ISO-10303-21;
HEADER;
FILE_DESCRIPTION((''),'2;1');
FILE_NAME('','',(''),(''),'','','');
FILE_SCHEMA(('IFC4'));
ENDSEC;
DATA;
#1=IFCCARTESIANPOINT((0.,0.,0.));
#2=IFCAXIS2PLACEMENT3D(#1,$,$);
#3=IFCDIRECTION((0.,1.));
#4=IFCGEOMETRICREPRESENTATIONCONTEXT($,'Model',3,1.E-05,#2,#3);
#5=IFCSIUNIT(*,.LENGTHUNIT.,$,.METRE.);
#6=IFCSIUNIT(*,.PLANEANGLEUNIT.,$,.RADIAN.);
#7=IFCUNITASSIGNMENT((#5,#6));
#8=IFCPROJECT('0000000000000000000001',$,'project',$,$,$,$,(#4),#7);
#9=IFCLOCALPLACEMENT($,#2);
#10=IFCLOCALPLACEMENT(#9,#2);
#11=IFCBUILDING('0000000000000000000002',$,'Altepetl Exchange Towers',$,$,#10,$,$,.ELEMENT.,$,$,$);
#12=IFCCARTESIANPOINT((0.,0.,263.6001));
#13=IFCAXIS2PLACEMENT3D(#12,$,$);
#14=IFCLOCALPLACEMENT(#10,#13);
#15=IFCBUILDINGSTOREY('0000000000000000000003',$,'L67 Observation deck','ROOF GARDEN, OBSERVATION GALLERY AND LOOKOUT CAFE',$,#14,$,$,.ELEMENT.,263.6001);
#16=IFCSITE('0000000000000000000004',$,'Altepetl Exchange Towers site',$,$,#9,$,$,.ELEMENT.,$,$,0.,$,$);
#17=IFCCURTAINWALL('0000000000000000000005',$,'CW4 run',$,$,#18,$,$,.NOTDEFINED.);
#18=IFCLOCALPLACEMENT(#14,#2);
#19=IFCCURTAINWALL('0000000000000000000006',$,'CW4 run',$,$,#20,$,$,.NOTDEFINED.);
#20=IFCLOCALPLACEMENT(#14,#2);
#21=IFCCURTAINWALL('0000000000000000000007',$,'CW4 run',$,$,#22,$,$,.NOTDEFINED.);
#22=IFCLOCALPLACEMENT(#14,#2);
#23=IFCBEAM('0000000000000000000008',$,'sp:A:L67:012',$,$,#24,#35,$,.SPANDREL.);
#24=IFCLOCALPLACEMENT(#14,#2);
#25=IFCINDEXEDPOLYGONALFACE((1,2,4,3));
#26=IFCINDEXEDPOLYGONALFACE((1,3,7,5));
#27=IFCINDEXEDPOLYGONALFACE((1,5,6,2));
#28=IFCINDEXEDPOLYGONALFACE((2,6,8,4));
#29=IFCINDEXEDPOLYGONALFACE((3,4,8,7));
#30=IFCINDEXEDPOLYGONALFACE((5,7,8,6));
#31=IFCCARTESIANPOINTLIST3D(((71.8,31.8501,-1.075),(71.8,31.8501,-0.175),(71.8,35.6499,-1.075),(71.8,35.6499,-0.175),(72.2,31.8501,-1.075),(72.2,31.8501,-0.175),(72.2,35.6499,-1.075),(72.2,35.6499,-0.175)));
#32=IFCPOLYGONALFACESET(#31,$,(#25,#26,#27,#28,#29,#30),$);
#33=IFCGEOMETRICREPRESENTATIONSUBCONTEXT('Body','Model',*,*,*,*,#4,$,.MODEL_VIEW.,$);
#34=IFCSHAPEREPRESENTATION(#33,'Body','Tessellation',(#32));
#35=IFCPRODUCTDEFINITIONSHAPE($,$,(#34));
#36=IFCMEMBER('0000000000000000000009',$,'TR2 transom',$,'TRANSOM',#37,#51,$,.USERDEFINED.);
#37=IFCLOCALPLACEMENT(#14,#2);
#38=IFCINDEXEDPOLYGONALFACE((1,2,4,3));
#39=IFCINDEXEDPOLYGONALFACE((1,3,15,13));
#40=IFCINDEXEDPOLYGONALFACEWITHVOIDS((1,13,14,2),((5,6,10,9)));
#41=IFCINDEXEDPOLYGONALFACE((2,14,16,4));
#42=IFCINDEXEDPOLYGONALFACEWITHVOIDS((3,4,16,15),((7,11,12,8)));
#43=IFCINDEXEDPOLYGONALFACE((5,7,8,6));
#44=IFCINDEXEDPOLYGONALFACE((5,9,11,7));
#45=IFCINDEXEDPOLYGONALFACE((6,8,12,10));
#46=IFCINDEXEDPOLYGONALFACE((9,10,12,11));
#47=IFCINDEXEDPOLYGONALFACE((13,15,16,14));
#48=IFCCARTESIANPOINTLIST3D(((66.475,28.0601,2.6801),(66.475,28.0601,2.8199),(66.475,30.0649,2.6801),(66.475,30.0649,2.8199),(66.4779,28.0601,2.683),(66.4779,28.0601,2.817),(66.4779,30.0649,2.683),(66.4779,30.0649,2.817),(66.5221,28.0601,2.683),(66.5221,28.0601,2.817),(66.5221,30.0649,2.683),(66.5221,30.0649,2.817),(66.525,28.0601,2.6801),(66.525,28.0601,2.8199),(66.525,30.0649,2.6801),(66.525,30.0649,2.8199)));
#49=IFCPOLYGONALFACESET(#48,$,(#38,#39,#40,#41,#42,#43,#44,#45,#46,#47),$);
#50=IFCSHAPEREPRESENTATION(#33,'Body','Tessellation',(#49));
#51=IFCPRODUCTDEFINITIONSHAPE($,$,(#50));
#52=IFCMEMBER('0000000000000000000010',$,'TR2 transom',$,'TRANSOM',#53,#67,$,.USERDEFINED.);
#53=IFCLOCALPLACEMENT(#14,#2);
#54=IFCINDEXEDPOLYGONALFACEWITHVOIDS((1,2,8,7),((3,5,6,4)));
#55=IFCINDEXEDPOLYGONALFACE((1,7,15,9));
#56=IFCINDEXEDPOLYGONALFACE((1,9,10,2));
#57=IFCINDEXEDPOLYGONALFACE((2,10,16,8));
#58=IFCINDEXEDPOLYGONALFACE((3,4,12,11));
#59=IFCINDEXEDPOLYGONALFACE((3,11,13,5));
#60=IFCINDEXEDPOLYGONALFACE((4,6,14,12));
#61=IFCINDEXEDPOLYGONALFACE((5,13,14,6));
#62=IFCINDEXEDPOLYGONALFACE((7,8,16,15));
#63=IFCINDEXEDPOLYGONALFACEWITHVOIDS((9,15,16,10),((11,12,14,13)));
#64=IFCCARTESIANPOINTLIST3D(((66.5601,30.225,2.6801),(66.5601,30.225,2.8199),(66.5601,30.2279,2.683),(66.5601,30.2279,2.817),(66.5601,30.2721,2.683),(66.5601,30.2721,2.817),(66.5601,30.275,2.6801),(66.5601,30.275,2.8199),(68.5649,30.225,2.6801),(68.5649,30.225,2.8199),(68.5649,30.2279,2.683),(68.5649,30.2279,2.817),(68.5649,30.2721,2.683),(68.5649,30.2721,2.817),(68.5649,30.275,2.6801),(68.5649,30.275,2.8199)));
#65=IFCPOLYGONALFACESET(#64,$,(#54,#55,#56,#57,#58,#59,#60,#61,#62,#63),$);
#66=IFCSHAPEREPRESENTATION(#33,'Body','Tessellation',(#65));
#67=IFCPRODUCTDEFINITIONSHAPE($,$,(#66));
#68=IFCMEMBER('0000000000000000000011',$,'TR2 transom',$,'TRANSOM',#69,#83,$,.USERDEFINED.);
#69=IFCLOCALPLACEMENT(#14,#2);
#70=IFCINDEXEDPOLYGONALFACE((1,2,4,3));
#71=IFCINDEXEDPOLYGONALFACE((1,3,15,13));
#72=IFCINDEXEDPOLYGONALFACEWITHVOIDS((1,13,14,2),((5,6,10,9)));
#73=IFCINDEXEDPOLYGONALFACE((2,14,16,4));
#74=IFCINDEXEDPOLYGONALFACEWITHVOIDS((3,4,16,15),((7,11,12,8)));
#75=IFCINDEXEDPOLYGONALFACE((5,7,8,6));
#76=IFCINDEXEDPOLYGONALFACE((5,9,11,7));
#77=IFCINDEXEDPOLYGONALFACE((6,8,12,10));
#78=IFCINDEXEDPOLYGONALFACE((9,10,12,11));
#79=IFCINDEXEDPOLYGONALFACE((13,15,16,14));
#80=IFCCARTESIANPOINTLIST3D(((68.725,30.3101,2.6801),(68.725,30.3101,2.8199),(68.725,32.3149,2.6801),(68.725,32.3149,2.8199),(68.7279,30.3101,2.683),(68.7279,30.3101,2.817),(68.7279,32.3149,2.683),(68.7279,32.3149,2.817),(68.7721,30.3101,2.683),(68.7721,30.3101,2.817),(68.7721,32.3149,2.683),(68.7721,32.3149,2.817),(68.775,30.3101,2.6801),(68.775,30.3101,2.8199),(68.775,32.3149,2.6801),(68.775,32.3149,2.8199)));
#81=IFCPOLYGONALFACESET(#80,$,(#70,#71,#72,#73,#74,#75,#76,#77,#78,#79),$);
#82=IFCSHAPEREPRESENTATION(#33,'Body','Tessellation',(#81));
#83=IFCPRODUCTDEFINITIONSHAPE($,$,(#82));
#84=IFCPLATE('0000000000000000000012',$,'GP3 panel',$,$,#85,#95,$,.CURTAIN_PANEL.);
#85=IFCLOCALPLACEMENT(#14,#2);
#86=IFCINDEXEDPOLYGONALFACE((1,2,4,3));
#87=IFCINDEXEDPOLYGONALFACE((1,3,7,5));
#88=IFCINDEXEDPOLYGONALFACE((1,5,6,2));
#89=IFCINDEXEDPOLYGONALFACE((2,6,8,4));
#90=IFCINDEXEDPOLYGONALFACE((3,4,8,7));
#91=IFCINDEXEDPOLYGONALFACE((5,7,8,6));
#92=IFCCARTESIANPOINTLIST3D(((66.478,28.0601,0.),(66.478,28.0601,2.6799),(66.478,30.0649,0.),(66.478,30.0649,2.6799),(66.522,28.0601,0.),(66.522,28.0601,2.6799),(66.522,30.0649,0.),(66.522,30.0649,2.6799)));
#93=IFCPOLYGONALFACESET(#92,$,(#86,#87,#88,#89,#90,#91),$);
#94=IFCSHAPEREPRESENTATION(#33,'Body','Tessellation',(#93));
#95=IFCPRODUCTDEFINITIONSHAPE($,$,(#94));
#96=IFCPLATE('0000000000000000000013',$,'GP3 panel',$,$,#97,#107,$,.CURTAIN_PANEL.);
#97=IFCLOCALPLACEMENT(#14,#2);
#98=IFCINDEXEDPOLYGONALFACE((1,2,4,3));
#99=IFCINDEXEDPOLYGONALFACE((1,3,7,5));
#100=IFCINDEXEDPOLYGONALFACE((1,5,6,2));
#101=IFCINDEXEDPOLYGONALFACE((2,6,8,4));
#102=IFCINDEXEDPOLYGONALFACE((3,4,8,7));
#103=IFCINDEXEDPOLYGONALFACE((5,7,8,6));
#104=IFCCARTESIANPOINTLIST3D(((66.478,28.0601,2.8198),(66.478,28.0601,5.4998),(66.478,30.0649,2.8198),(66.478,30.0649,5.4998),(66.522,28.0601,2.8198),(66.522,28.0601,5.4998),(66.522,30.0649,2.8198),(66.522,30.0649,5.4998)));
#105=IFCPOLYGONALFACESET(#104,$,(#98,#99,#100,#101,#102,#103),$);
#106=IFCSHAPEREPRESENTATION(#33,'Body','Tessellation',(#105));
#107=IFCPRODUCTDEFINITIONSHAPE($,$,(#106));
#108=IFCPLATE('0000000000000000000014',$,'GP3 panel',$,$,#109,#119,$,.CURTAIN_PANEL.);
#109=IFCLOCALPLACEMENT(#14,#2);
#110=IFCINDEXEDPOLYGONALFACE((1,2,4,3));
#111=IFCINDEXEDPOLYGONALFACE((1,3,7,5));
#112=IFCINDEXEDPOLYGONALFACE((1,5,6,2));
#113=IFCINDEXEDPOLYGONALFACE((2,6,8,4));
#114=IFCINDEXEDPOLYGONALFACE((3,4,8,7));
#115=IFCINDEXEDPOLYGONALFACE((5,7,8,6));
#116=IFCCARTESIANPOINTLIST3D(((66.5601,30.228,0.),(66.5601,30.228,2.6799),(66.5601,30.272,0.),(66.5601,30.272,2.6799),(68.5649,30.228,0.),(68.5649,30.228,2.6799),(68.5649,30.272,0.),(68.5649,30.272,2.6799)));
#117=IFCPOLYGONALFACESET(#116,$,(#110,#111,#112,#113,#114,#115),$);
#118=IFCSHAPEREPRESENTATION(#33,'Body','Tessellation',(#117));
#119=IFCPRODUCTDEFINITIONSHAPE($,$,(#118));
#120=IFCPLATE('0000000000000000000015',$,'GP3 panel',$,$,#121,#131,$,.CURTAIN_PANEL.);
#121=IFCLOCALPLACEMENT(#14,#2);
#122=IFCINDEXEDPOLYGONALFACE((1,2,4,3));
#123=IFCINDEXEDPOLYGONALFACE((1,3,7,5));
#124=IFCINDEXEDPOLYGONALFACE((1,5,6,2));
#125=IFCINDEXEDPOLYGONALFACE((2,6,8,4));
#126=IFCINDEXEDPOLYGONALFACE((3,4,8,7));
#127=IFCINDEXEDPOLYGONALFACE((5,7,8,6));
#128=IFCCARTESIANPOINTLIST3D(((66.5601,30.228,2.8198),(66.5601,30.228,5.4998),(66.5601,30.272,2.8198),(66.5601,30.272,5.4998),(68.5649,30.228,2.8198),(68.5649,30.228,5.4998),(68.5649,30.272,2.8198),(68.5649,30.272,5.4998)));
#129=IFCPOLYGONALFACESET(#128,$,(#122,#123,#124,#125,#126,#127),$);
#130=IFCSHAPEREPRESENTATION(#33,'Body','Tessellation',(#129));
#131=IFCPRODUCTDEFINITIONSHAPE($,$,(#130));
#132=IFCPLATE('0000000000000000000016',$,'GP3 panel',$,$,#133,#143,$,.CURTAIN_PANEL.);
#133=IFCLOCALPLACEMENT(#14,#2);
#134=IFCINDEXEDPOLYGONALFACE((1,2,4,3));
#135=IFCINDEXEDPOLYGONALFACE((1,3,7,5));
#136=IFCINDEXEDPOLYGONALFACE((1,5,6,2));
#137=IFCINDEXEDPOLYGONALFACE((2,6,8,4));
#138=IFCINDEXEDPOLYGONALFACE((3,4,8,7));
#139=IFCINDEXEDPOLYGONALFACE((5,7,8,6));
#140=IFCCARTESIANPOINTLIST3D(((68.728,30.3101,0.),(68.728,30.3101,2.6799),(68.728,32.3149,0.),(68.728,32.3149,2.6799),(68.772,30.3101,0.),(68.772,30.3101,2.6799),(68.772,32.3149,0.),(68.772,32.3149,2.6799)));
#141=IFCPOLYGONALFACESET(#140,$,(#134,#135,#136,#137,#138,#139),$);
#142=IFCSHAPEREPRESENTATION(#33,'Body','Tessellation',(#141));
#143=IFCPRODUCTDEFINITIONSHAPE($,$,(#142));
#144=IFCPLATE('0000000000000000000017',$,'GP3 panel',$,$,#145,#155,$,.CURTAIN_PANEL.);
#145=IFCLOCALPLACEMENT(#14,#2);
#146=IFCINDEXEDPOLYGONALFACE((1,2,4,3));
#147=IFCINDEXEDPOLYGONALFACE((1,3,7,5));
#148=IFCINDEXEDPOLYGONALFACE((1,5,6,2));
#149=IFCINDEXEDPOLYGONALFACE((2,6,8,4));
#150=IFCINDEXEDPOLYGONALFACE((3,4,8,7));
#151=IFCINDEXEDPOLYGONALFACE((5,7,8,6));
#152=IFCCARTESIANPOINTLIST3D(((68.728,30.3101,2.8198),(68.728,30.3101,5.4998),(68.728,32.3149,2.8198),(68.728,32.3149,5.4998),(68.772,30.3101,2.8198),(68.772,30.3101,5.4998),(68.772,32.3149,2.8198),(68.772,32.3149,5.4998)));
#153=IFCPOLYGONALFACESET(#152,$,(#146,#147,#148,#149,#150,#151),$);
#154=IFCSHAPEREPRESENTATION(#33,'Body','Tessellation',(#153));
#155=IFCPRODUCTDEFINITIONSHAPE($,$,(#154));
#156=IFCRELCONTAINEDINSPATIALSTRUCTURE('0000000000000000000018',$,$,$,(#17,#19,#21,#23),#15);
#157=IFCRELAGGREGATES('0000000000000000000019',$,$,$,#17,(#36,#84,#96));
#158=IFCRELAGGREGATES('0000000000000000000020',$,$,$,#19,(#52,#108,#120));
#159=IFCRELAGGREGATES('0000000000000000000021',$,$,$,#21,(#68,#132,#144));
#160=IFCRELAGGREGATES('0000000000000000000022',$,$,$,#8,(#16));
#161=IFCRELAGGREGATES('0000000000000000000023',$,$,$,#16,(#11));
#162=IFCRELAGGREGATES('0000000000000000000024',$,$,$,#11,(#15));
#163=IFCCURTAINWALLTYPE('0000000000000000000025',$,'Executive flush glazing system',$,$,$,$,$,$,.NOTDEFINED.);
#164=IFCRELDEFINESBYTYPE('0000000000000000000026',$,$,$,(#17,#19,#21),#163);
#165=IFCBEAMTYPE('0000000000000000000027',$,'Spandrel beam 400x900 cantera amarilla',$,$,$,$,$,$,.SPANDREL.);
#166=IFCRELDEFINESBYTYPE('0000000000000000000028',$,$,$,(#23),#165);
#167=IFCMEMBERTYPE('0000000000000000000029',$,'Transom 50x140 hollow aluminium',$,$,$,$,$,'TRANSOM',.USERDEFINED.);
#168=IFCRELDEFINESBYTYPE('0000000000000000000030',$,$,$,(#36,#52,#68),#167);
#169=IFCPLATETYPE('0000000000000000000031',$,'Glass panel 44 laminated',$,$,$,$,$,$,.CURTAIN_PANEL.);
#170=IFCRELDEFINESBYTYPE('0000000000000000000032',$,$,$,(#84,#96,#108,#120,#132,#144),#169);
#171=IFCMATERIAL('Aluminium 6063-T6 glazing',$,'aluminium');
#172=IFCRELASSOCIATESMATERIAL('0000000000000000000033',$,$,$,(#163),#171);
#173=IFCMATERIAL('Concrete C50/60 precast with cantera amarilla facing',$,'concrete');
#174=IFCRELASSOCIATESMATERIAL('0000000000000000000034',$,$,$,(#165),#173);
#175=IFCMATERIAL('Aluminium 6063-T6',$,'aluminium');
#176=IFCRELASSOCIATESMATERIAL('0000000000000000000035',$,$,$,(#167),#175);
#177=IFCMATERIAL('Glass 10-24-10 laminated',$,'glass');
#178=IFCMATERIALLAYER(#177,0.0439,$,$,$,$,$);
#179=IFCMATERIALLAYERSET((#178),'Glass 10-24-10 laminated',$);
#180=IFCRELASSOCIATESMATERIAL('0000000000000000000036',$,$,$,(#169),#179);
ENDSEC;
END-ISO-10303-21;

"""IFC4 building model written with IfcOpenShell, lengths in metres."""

from ifc_helpers import new_model, si_unit, direction, frame, origin, origin_2d, place, context, subcontext, project, spatial, rectangle, hollow_rectangle, extrude, material, layer, layer_set, material_profile, profile_set, type_object, element, aggregate, save


model = new_model("IFC4")

# Units and contexts
model_context = context("Model", 3, precision=1e-05, world=origin(), true_north=direction((0.0, 1.0)))
body_context = subcontext(model_context, "Body", "Model", "MODEL_VIEW")
ifc_project = project(units=[si_unit("LENGTHUNIT", "METRE"), si_unit("PLANEANGLEUNIT", "RADIAN")], contexts=[model_context])

# Site, building, storey
site_placement = place(None, origin())
site = spatial("IfcSite", under=ifc_project, at=site_placement, Name="Altepetl Exchange Towers site", CompositionType="ELEMENT", RefElevation=0.0)
building_placement = place(site_placement, origin())
building = spatial("IfcBuilding", under=site, at=building_placement, Name="Altepetl Exchange Towers", CompositionType="ELEMENT")
storey_placement = place(building_placement, frame((0.0, 0.0, 263.6001)))
storey = spatial("IfcBuildingStorey", under=building, at=storey_placement, Name="L67 Observation deck", Description="ROOF GARDEN, OBSERVATION GALLERY AND LOOKOUT CAFE", CompositionType="ELEMENT", Elevation=263.6001)

# Curtain walls
ifc_material_1 = material(Name="Aluminium 6063-T6 glazing", Category="aluminium")
curtain_wall_type = type_object("IfcCurtainWallType", Name="Executive flush glazing system", PredefinedType="NOTDEFINED", material=ifc_material_1)
curtain_wall_1_placement = place(storey_placement, origin())
curtain_wall_1 = element("IfcCurtainWall", 1, at=curtain_wall_1_placement, inside=storey, type_object=curtain_wall_type, Name="CW4 run", PredefinedType="NOTDEFINED")
ifc_material_2 = material(Name="Aluminium 6063-T6", Category="aluminium")
curtain_wall_2_placement = place(storey_placement, origin())
curtain_wall_2 = element("IfcCurtainWall", 2, at=curtain_wall_2_placement, inside=storey, type_object=curtain_wall_type, Name="CW4 run", PredefinedType="NOTDEFINED")
curtain_wall_3_placement = place(storey_placement, origin())
curtain_wall_3 = element("IfcCurtainWall", 3, at=curtain_wall_3_placement, inside=storey, type_object=curtain_wall_type, Name="CW4 run", PredefinedType="NOTDEFINED")

# Beam
ifc_material_3 = material(Name="Concrete C50/60 precast with cantera amarilla facing", Category="concrete")
ifc_material_profile_1 = material_profile(ifc_material_3, rectangle(XDim=0.3999, YDim=0.8999, at=origin_2d()), Name="400 x 900")
ifc_profile_set_1 = profile_set([ifc_material_profile_1], Name="Concrete C50/60 precast with cantera amarilla facing")
beam_type = type_object("IfcBeamType", Name="Spandrel beam 400x900 cantera amarilla", PredefinedType="SPANDREL", material=ifc_profile_set_1)
beam_1_placement = place(storey_placement, frame((72.0, 31.8501, -0.625), z_axis=(0.0, 1.0, 0.0), x_axis=(-1.0, 0.0, 0.0)))
element("IfcBeam", 4, at=beam_1_placement, inside=storey, type_object=beam_type, Name="sp:A:L67:012", PredefinedType="SPANDREL", context=body_context, shape_type="SweptSolid", body=[
    extrude(rectangle(XDim=0.3999, YDim=0.8999, at=origin_2d()), origin(), (0.0, 0.0, 1.0), 3.7998),
])

# Members
ifc_material_profile_2 = material_profile(ifc_material_2, hollow_rectangle(XDim=0.05, YDim=0.1399, WallThickness=0.0029, at=origin_2d()), Name="Transom 50x140 hollow aluminium")
ifc_profile_set_2 = profile_set([ifc_material_profile_2], Name="Aluminium 6063-T6")
member_type_1 = type_object("IfcMemberType", Name="Transom 50x140 hollow aluminium", ElementType="TRANSOM", PredefinedType="USERDEFINED", material=ifc_profile_set_2)
member_1_placement = place(storey_placement, frame((66.5, 28.0601, 2.75), z_axis=(0.0, 1.0, 0.0), x_axis=(-1.0, 0.0, 0.0)))
member_1 = element("IfcMember", 5, at=member_1_placement, type_object=member_type_1, Name="TR2 transom", ObjectType="TRANSOM", PredefinedType="USERDEFINED", context=body_context, shape_type="SweptSolid", body=[
    extrude(hollow_rectangle(XDim=0.05, YDim=0.1399, WallThickness=0.0029, at=origin_2d()), origin(), (0.0, 0.0, 1.0), 2.0049),
])
member_2_placement = place(storey_placement, frame((66.5601, 30.25, 2.75), z_axis=(1.0, 0.0, 0.0), x_axis=(0.0, 1.0, 0.0)))
member_2 = element("IfcMember", 6, at=member_2_placement, type_object=member_type_1, Name="TR2 transom", ObjectType="TRANSOM", PredefinedType="USERDEFINED", context=body_context, shape_type="SweptSolid", body=[
    extrude(hollow_rectangle(XDim=0.05, YDim=0.1399, WallThickness=0.0029, at=origin_2d()), origin(), (0.0, 0.0, 1.0), 2.0049),
])
member_3_placement = place(storey_placement, frame((68.75, 30.3101, 2.75), z_axis=(0.0, 1.0, 0.0), x_axis=(-1.0, 0.0, 0.0)))
member_3 = element("IfcMember", 7, at=member_3_placement, type_object=member_type_1, Name="TR2 transom", ObjectType="TRANSOM", PredefinedType="USERDEFINED", context=body_context, shape_type="SweptSolid", body=[
    extrude(hollow_rectangle(XDim=0.05, YDim=0.1399, WallThickness=0.0029, at=origin_2d()), origin(), (0.0, 0.0, 1.0), 2.0049),
])

# Plates
ifc_material_4 = material(Name="Glass 10-24-10 laminated", Category="glass")
ifc_layer = layer(ifc_material_4, 0.0439)
ifc_layer_set = layer_set([ifc_layer], Name="Glass 10-24-10 laminated")
plate_type = type_object("IfcPlateType", Name="Glass panel 44 laminated", PredefinedType="CURTAIN_PANEL", material=ifc_layer_set)
plate_1_placement = place(storey_placement, frame((66.5, 29.0625, 0.0), z_axis=(0.0, 0.0, 1.0), x_axis=(0.0, 1.0, 0.0)))
plate_1 = element("IfcPlate", 8, at=plate_1_placement, type_object=plate_type, Name="GP3 panel", PredefinedType="CURTAIN_PANEL", context=body_context, shape_type="SweptSolid", body=[
    extrude(rectangle(XDim=2.0049, YDim=0.0439, at=origin_2d()), origin(), (0.0, 0.0, 1.0), 2.6799),
])
plate_2_placement = place(storey_placement, frame((66.5, 29.0625, 2.8198), z_axis=(0.0, 0.0, 1.0), x_axis=(0.0, 1.0, 0.0)))
plate_2 = element("IfcPlate", 9, at=plate_2_placement, type_object=plate_type, Name="GP3 panel", PredefinedType="CURTAIN_PANEL", context=body_context, shape_type="SweptSolid", body=[
    extrude(rectangle(XDim=2.0049, YDim=0.0439, at=origin_2d()), origin(), (0.0, 0.0, 1.0), 2.6799),
])
aggregate(curtain_wall_1, [member_1, plate_1, plate_2])
plate_3_placement = place(storey_placement, frame((67.5625, 30.25, 0.0)))
plate_3 = element("IfcPlate", 10, at=plate_3_placement, type_object=plate_type, Name="GP3 panel", PredefinedType="CURTAIN_PANEL", context=body_context, shape_type="SweptSolid", body=[
    extrude(rectangle(XDim=2.0049, YDim=0.0439, at=origin_2d()), origin(), (0.0, 0.0, 1.0), 2.6799),
])
plate_4_placement = place(storey_placement, frame((67.5625, 30.25, 2.8198)))
plate_4 = element("IfcPlate", 11, at=plate_4_placement, type_object=plate_type, Name="GP3 panel", PredefinedType="CURTAIN_PANEL", context=body_context, shape_type="SweptSolid", body=[
    extrude(rectangle(XDim=2.0049, YDim=0.0439, at=origin_2d()), origin(), (0.0, 0.0, 1.0), 2.6799),
])
aggregate(curtain_wall_2, [member_2, plate_3, plate_4])
plate_5_placement = place(storey_placement, frame((68.75, 31.3125, 0.0), z_axis=(0.0, 0.0, 1.0), x_axis=(0.0, 1.0, 0.0)))
plate_5 = element("IfcPlate", 12, at=plate_5_placement, type_object=plate_type, Name="GP3 panel", PredefinedType="CURTAIN_PANEL", context=body_context, shape_type="SweptSolid", body=[
    extrude(rectangle(XDim=2.0049, YDim=0.0439, at=origin_2d()), origin(), (0.0, 0.0, 1.0), 2.6799),
])
plate_6_placement = place(storey_placement, frame((68.75, 31.3125, 2.8198), z_axis=(0.0, 0.0, 1.0), x_axis=(0.0, 1.0, 0.0)))
plate_6 = element("IfcPlate", 13, at=plate_6_placement, type_object=plate_type, Name="GP3 panel", PredefinedType="CURTAIN_PANEL", context=body_context, shape_type="SweptSolid", body=[
    extrude(rectangle(XDim=2.0049, YDim=0.0439, at=origin_2d()), origin(), (0.0, 0.0, 1.0), 2.6799),
])
aggregate(curtain_wall_3, [member_3, plate_5, plate_6])

save(model, "model.ifc")
